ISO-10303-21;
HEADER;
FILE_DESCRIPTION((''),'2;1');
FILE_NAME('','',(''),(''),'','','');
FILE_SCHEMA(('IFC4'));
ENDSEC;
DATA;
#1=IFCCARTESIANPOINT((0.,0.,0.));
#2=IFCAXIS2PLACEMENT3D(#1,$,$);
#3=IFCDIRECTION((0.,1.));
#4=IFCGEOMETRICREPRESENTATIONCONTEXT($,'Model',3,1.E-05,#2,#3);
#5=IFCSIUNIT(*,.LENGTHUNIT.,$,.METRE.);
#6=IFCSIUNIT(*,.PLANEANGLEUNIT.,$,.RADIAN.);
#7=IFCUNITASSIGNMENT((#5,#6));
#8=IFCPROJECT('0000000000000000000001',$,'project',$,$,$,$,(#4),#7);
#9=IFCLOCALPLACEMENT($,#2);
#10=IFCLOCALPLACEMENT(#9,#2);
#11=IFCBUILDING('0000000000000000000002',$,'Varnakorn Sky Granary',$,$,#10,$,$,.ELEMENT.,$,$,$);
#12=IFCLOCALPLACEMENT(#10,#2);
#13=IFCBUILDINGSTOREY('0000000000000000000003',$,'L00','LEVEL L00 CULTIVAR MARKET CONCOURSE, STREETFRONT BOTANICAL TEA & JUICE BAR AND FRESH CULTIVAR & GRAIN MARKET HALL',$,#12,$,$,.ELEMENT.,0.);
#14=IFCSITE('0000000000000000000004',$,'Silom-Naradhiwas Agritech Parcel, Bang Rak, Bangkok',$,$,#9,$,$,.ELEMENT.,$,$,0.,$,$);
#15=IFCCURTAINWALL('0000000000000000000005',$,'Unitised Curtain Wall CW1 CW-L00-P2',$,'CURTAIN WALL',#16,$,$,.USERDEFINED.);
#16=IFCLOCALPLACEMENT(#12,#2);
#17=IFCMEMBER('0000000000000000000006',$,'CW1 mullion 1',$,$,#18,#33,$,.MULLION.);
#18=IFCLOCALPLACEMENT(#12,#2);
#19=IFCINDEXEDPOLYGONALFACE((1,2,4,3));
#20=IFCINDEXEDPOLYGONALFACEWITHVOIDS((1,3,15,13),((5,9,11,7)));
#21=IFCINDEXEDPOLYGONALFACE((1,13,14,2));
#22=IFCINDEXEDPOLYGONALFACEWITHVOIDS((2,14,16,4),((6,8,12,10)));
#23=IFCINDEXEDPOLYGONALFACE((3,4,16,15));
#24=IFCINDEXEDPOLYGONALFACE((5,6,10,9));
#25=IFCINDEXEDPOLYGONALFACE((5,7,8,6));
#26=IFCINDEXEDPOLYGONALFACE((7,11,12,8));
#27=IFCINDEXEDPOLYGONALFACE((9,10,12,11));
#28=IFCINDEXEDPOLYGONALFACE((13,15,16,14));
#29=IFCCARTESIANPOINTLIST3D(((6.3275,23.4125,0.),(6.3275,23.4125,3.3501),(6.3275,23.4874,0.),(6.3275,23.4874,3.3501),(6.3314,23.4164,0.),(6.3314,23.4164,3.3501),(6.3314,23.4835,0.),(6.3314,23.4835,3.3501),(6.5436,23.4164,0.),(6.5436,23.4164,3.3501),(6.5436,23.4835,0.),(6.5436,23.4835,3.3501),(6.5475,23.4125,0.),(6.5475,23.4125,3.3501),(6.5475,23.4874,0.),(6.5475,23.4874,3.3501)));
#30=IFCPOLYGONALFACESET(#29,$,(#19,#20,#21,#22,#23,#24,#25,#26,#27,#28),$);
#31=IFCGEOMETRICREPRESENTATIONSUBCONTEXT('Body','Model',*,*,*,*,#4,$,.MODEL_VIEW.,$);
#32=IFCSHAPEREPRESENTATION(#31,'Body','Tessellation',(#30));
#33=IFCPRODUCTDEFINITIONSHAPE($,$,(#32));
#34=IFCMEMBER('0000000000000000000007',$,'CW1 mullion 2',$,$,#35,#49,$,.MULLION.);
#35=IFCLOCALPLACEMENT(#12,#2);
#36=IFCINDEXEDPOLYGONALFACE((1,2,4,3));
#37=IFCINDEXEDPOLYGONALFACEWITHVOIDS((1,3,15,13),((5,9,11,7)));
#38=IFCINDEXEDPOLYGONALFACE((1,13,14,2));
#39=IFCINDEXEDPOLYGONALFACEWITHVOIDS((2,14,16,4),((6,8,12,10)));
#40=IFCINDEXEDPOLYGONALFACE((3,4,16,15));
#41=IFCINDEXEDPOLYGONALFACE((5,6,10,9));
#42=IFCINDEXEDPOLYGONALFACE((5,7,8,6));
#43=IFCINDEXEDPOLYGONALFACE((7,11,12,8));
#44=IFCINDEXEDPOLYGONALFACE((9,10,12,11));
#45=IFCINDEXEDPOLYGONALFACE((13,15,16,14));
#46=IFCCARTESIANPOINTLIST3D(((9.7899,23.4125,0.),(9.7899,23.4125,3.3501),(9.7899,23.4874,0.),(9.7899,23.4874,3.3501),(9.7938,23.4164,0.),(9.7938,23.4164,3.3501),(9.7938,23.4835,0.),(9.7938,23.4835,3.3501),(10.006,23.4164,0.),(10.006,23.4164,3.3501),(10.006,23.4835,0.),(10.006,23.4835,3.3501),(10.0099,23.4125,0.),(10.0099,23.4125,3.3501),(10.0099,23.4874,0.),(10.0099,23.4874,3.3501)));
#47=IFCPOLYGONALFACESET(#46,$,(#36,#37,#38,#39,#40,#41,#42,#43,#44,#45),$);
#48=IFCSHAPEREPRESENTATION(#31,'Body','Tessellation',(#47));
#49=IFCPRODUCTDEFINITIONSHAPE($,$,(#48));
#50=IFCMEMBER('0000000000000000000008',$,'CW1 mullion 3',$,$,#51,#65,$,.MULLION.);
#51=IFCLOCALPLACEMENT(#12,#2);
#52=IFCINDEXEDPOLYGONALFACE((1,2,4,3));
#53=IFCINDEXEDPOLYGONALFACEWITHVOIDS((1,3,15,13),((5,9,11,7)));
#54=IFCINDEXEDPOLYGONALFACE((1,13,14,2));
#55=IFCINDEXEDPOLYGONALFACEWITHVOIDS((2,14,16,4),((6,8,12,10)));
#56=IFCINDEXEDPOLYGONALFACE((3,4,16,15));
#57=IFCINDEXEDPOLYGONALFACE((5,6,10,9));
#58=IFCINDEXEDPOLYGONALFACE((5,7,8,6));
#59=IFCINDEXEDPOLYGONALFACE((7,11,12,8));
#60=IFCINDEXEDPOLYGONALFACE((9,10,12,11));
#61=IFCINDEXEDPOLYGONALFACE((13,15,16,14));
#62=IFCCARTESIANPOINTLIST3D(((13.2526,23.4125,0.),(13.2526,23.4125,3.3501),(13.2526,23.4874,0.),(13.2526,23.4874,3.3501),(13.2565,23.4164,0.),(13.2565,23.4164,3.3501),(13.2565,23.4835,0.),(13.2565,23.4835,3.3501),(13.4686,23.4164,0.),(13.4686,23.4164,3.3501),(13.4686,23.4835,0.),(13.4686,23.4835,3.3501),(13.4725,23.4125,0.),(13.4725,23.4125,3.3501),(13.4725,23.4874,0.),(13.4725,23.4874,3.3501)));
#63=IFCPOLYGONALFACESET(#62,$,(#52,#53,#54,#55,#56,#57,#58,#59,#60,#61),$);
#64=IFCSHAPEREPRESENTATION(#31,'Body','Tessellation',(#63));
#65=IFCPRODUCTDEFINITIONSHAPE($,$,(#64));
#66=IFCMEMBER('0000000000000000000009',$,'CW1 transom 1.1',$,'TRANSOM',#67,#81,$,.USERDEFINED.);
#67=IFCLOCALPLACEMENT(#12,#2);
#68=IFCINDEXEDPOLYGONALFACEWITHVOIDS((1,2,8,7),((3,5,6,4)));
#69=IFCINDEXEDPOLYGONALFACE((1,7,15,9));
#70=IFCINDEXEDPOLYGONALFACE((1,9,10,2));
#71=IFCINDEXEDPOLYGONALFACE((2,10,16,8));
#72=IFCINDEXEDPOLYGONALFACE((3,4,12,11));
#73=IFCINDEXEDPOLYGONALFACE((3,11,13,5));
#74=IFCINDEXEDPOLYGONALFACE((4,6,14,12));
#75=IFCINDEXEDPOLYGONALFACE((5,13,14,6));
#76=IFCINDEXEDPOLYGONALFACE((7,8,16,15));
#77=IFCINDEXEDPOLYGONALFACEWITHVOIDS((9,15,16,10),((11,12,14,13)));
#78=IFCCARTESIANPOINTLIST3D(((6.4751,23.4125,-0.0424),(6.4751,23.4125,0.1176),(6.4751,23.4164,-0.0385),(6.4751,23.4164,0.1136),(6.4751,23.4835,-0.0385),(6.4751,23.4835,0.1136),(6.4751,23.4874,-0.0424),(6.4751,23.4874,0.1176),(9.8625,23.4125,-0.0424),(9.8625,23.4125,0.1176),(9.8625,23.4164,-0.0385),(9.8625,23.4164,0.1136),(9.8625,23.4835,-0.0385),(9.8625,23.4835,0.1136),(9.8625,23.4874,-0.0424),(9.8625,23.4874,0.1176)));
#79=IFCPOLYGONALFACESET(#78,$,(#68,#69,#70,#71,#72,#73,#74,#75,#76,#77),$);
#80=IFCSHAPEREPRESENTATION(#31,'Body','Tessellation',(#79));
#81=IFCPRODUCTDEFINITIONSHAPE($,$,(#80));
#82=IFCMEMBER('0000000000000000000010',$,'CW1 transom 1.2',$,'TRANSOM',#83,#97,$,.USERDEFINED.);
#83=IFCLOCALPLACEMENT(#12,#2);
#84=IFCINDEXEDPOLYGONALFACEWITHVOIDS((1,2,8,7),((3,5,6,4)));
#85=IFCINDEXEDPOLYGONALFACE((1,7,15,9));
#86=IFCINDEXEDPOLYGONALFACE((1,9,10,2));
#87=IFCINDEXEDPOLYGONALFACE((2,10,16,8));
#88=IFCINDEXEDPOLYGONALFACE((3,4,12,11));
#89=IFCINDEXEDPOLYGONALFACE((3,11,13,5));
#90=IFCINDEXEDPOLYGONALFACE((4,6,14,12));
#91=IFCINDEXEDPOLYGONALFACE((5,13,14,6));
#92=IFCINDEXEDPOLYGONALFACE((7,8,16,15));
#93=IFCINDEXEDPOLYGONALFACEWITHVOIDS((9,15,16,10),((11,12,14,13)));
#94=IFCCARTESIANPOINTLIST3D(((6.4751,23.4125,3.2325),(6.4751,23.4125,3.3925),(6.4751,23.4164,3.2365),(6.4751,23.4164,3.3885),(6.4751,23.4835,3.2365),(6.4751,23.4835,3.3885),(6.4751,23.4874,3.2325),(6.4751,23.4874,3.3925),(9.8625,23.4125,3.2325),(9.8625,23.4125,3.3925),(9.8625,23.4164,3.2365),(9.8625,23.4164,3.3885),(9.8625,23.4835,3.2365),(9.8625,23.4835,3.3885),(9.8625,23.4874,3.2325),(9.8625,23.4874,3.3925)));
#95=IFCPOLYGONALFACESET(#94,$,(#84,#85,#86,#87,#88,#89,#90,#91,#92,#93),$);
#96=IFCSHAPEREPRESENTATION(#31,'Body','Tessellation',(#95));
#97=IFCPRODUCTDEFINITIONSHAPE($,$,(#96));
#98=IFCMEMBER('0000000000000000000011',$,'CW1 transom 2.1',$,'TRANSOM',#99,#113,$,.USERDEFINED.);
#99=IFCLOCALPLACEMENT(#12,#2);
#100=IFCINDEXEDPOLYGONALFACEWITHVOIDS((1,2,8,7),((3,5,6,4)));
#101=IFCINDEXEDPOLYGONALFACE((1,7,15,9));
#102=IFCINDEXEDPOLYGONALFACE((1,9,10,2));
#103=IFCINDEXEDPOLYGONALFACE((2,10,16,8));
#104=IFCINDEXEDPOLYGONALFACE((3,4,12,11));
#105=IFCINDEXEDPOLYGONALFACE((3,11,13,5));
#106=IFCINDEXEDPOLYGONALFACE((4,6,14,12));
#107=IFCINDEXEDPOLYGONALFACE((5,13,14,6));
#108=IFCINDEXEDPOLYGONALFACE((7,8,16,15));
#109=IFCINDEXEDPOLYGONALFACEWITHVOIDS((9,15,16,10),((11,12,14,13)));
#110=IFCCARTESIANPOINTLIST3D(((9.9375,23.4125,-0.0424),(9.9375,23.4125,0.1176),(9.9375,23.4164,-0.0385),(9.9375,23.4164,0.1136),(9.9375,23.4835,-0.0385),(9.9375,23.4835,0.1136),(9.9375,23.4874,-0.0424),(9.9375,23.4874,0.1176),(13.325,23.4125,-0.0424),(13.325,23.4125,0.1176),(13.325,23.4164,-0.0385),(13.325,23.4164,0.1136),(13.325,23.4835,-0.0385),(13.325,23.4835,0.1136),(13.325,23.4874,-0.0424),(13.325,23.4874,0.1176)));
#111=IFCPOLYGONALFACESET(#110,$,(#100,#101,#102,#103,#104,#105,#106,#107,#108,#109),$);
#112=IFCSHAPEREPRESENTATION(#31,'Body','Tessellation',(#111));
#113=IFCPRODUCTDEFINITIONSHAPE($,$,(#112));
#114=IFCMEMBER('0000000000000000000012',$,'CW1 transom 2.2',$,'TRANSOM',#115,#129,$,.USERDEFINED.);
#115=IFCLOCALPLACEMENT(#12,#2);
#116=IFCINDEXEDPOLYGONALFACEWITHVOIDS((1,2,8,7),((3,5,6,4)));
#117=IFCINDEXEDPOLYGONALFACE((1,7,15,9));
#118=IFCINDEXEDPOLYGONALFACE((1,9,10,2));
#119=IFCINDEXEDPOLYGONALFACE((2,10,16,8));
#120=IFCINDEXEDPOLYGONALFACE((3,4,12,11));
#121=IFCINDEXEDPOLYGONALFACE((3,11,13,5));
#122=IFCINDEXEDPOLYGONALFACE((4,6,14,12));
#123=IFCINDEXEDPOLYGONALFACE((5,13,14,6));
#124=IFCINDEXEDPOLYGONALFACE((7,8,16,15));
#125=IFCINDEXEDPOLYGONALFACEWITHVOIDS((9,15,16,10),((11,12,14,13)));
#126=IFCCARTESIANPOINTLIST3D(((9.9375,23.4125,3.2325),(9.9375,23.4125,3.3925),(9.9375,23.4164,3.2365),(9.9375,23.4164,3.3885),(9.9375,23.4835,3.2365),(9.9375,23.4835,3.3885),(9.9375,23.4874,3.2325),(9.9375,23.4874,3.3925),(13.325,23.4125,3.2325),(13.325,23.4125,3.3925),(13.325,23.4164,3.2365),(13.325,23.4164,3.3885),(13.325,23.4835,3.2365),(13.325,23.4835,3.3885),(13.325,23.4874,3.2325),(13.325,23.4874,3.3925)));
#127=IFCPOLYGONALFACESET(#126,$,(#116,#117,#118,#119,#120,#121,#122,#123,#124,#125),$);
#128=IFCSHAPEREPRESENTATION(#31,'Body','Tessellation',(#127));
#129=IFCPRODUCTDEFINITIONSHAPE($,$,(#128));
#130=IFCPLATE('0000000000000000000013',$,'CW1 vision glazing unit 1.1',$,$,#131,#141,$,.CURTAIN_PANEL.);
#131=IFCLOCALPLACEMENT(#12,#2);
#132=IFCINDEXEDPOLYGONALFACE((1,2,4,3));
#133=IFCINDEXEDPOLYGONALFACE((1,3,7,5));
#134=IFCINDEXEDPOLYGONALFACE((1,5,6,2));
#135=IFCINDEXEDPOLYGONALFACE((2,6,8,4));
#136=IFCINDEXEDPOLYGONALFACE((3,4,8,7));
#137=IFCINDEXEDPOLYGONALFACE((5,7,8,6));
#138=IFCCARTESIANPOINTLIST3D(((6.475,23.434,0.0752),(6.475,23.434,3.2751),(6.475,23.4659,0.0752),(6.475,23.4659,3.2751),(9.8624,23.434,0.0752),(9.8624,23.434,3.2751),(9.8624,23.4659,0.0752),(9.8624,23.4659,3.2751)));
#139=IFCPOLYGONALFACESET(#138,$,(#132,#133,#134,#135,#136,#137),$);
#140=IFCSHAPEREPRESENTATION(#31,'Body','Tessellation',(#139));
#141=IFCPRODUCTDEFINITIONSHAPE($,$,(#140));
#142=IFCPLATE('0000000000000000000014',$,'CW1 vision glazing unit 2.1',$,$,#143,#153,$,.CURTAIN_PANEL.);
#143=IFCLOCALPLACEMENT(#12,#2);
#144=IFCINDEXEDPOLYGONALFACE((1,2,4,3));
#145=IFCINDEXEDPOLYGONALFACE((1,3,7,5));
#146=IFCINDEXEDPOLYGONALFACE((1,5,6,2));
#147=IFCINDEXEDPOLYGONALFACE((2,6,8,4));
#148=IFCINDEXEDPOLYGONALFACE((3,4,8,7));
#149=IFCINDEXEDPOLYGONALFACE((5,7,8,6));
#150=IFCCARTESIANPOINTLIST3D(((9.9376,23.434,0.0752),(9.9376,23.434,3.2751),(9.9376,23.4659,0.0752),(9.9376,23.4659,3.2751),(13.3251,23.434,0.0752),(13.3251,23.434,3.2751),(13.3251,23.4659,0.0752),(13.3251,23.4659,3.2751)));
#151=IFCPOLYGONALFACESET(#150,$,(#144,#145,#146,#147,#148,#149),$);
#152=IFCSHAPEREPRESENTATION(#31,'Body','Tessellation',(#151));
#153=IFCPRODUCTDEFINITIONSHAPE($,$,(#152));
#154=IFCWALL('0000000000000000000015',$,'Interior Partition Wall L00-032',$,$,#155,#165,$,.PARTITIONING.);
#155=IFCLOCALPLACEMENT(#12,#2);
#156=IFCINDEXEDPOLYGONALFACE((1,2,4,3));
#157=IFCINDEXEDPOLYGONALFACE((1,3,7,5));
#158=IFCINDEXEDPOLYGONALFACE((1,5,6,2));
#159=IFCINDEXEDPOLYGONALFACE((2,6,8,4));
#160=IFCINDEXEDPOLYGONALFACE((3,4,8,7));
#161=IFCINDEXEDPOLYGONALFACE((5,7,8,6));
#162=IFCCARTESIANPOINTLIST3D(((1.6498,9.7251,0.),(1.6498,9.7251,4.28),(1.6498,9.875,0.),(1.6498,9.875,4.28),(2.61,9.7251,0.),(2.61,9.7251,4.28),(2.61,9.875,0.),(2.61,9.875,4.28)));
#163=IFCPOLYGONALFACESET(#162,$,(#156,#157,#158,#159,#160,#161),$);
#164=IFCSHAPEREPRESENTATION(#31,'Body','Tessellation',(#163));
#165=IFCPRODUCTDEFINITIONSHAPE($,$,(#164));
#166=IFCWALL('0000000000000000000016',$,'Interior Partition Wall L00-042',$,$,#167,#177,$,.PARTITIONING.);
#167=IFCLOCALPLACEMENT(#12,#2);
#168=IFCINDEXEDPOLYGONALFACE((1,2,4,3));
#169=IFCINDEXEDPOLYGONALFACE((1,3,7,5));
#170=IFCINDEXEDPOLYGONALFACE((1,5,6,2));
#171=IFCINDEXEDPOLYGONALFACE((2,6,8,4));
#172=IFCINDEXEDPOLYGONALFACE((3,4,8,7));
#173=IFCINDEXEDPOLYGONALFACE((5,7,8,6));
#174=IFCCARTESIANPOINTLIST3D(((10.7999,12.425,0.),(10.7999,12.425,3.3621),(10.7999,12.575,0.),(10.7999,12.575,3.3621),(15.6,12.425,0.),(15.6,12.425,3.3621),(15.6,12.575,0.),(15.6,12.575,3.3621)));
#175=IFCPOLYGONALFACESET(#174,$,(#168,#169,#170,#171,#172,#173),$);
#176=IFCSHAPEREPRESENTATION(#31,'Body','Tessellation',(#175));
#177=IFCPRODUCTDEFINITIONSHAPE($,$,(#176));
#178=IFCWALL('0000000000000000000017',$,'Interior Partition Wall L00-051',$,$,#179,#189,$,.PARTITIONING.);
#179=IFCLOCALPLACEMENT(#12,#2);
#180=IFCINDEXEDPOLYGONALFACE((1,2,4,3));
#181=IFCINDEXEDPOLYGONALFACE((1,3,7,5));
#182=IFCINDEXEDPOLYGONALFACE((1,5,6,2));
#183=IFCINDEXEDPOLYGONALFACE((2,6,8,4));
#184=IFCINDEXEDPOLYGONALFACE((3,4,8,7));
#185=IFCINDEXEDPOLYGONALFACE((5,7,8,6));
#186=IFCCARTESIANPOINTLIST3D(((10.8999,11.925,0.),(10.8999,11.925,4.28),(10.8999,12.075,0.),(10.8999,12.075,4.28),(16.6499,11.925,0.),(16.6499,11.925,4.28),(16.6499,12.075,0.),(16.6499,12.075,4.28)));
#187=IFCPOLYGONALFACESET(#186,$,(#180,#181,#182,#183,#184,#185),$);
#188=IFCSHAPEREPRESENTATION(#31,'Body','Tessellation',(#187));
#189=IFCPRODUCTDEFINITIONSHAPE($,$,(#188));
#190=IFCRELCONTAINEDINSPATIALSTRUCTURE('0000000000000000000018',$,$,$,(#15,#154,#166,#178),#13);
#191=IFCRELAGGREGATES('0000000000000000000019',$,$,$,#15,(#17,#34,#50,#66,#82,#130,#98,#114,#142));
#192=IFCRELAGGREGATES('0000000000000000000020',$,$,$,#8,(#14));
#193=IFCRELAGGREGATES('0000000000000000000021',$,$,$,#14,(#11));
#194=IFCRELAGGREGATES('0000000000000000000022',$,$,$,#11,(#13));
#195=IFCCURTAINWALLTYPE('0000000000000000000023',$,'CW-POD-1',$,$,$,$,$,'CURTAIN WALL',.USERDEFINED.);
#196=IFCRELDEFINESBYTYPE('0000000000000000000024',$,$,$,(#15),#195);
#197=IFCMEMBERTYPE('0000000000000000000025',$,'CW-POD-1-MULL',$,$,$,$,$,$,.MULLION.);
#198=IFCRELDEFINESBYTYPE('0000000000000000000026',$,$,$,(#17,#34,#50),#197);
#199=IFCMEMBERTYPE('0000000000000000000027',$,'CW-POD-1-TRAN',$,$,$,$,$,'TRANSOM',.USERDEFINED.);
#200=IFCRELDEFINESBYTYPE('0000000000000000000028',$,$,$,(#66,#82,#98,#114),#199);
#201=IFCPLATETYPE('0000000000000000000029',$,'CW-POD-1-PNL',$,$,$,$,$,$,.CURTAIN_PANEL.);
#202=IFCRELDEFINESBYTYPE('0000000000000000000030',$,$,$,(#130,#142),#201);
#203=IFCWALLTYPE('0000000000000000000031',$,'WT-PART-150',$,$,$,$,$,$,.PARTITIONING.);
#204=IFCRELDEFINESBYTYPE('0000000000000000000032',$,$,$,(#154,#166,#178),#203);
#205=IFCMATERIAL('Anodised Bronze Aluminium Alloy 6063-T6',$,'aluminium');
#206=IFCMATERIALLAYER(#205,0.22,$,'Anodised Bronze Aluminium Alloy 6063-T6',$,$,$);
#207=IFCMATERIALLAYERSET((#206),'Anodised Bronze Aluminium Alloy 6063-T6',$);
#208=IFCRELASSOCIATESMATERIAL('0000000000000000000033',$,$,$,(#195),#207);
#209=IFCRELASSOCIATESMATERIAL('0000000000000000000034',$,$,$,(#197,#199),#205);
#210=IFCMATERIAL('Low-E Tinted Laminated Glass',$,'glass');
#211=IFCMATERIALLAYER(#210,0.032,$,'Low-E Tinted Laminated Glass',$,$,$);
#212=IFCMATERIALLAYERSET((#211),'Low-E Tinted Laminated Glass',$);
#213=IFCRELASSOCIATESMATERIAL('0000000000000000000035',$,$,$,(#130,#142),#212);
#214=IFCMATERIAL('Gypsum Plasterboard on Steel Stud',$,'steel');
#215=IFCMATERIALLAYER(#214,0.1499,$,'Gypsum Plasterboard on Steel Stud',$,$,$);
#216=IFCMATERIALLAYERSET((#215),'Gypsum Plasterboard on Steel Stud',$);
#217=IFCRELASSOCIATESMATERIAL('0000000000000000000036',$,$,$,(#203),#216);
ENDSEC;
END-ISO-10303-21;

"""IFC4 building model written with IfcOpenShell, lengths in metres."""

from ifc_helpers import new_model, si_unit, direction, frame, frame_2d, origin, origin_2d, place, context, subcontext, project, spatial, rectangle, hollow_rectangle, extrude, source, transform, mapped, material, layer, layer_set, material_profile, profile_set, type_object, type_shapes, element, aggregate, save


model = new_model("IFC4")

# Units and contexts
model_context = context("Model", 3, precision=1e-05, world=origin(), true_north=direction((0.0, 1.0)))
body_context = subcontext(model_context, "Body", "Model", "MODEL_VIEW")
ifc_project = project(units=[si_unit("LENGTHUNIT", "METRE"), si_unit("PLANEANGLEUNIT", "RADIAN")], contexts=[model_context])

# Site, building, storey
site_placement = place(None, origin())
site = spatial("IfcSite", under=ifc_project, at=site_placement, Name="Silom-Naradhiwas Agritech Parcel, Bang Rak, Bangkok", CompositionType="ELEMENT", RefElevation=0.0)
building_placement = place(site_placement, origin())
building = spatial("IfcBuilding", under=site, at=building_placement, Name="Varnakorn Sky Granary", CompositionType="ELEMENT")
storey_placement = place(building_placement, origin())
storey = spatial("IfcBuildingStorey", under=building, at=storey_placement, Name="L00", Description="LEVEL L00 CULTIVAR MARKET CONCOURSE, STREETFRONT BOTANICAL TEA & JUICE BAR AND FRESH CULTIVAR & GRAIN MARKET HALL", CompositionType="ELEMENT", Elevation=0.0)

# Curtain wall, members, plates
ifc_material_1 = material(Name="Anodised Bronze Aluminium Alloy 6063-T6", Category="aluminium")
ifc_layer_1 = layer(ifc_material_1, 0.22, Name="Anodised Bronze Aluminium Alloy 6063-T6")
ifc_layer_set_1 = layer_set([ifc_layer_1], Name="Anodised Bronze Aluminium Alloy 6063-T6")
curtain_wall_type = type_object("IfcCurtainWallType", Name="CW-POD-1", ElementType="CURTAIN WALL", PredefinedType="USERDEFINED", material=ifc_layer_set_1)
curtain_wall_placement = place(storey_placement, origin())
curtain_wall = element("IfcCurtainWall", 1, at=curtain_wall_placement, inside=storey, type_object=curtain_wall_type, Name="Unitised Curtain Wall CW1 CW-L00-P2", ObjectType="CURTAIN WALL", PredefinedType="USERDEFINED")
ifc_material_profile_1 = material_profile(ifc_material_1, hollow_rectangle(XDim=0.075, YDim=0.22, WallThickness=0.0039, at=origin_2d()), Name="ALU MULL 75x220")
ifc_profile_set_1 = profile_set([ifc_material_profile_1], Name="Anodised Bronze Aluminium Alloy 6063-T6")
member_type_1 = type_object("IfcMemberType", Name="CW-POD-1-MULL", PredefinedType="MULLION", material=ifc_profile_set_1)
member_1_placement = place(storey_placement, frame((6.4375, 23.45, 0.0), z_axis=(0.0, 0.0, 1.0), x_axis=(0.0, 1.0, 0.0)))
member_1 = element("IfcMember", 2, at=member_1_placement, type_object=member_type_1, Name="CW1 mullion 1", PredefinedType="MULLION", context=body_context, shape_type="SweptSolid", body=[
    extrude(hollow_rectangle(XDim=0.075, YDim=0.22, WallThickness=0.0039, at=origin_2d()), origin(), (0.0, 0.0, 1.0), 3.3501),
])
member_2_placement = place(storey_placement, frame((9.8999, 23.45, 0.0), z_axis=(0.0, 0.0, 1.0), x_axis=(0.0, 1.0, 0.0)))
member_2 = element("IfcMember", 3, at=member_2_placement, type_object=member_type_1, Name="CW1 mullion 2", PredefinedType="MULLION", context=body_context, shape_type="SweptSolid", body=[
    extrude(hollow_rectangle(XDim=0.075, YDim=0.22, WallThickness=0.0039, at=origin_2d()), origin(), (0.0, 0.0, 1.0), 3.3501),
])
member_3_placement = place(storey_placement, frame((13.3625, 23.45, 0.0), z_axis=(0.0, 0.0, 1.0), x_axis=(0.0, 1.0, 0.0)))
member_3 = element("IfcMember", 4, at=member_3_placement, type_object=member_type_1, Name="CW1 mullion 3", PredefinedType="MULLION", context=body_context, shape_type="SweptSolid", body=[
    extrude(hollow_rectangle(XDim=0.075, YDim=0.22, WallThickness=0.0039, at=origin_2d()), origin(), (0.0, 0.0, 1.0), 3.3501),
])
ifc_material_profile_2 = material_profile(ifc_material_1, hollow_rectangle(XDim=0.075, YDim=0.1599, WallThickness=0.0039, at=origin_2d()), Name="ALU TRAN 75x160")
ifc_profile_set_2 = profile_set([ifc_material_profile_2], Name="Anodised Bronze Aluminium Alloy 6063-T6")
member_type_2 = type_object("IfcMemberType", Name="CW-POD-1-TRAN", ElementType="TRANSOM", PredefinedType="USERDEFINED", material=ifc_profile_set_2)
member_4_placement = place(storey_placement, frame((6.4751, 23.45, 0.0376), z_axis=(1.0, 0.0, 0.0), x_axis=(0.0, 1.0, 0.0)))
member_4 = element("IfcMember", 5, at=member_4_placement, type_object=member_type_2, Name="CW1 transom 1.1", ObjectType="TRANSOM", PredefinedType="USERDEFINED", context=body_context, shape_type="SweptSolid", body=[
    extrude(hollow_rectangle(XDim=0.075, YDim=0.1599, WallThickness=0.0039, at=origin_2d()), origin(), (0.0, 0.0, 1.0), 3.3875),
])
member_5_placement = place(storey_placement, frame((6.4751, 23.45, 3.3125), z_axis=(1.0, 0.0, 0.0), x_axis=(0.0, 1.0, 0.0)))
member_5 = element("IfcMember", 6, at=member_5_placement, type_object=member_type_2, Name="CW1 transom 1.2", ObjectType="TRANSOM", PredefinedType="USERDEFINED", context=body_context, shape_type="SweptSolid", body=[
    extrude(hollow_rectangle(XDim=0.075, YDim=0.1599, WallThickness=0.0039, at=origin_2d()), origin(), (0.0, 0.0, 1.0), 3.3875),
])
member_6_placement = place(storey_placement, frame((9.9375, 23.45, 0.0376), z_axis=(1.0, 0.0, 0.0), x_axis=(0.0, 1.0, 0.0)))
member_6 = element("IfcMember", 7, at=member_6_placement, type_object=member_type_2, Name="CW1 transom 2.1", ObjectType="TRANSOM", PredefinedType="USERDEFINED", context=body_context, shape_type="SweptSolid", body=[
    extrude(hollow_rectangle(XDim=0.075, YDim=0.1599, WallThickness=0.0039, at=origin_2d()), origin(), (0.0, 0.0, 1.0), 3.3875),
])
member_7_placement = place(storey_placement, frame((9.9375, 23.45, 3.3125), z_axis=(1.0, 0.0, 0.0), x_axis=(0.0, 1.0, 0.0)))
member_7 = element("IfcMember", 8, at=member_7_placement, type_object=member_type_2, Name="CW1 transom 2.2", ObjectType="TRANSOM", PredefinedType="USERDEFINED", context=body_context, shape_type="SweptSolid", body=[
    extrude(hollow_rectangle(XDim=0.075, YDim=0.1599, WallThickness=0.0039, at=origin_2d()), origin(), (0.0, 0.0, 1.0), 3.3875),
])
ifc_material_2 = material(Name="Low-E Tinted Laminated Glass", Category="glass")
ifc_layer_2 = layer(ifc_material_2, 0.032, Name="Low-E Tinted Laminated Glass")
ifc_layer_set_2 = layer_set([ifc_layer_2], Name="Low-E Tinted Laminated Glass")
plate_type = type_object("IfcPlateType", Name="CW-POD-1-PNL", PredefinedType="CURTAIN_PANEL")
shared_shape = source(origin(), body_context, "Body", "SweptSolid", [
    extrude(rectangle(XDim=3.3875, YDim=0.032, at=origin_2d()), origin(), (0.0, 0.0, 1.0), 3.2),
])
type_shapes(plate_type, [shared_shape])
plate_1_placement = place(storey_placement, frame((8.1687, 23.45, 0.0752), z_axis=(0.0, 0.0, 1.0), x_axis=(1.0, 0.0, 0.0)))
plate_1 = element("IfcPlate", 9, at=plate_1_placement, type_object=plate_type, material=ifc_layer_set_2, Name="CW1 vision glazing unit 1.1", PredefinedType="CURTAIN_PANEL", context=body_context, shape_type="MappedRepresentation", body=[
    mapped(shared_shape, transform((0.0, 0.0, 0.0), x_axis=(1.0, 0.0, 0.0), y_axis=(0.0, 1.0, 0.0), z_axis=(0.0, 0.0, 1.0), scale=1.0)),
])
plate_2_placement = place(storey_placement, frame((11.6313, 23.45, 0.0752), z_axis=(0.0, 0.0, 1.0), x_axis=(1.0, 0.0, 0.0)))
plate_2 = element("IfcPlate", 10, at=plate_2_placement, type_object=plate_type, material=ifc_layer_set_2, Name="CW1 vision glazing unit 2.1", PredefinedType="CURTAIN_PANEL", context=body_context, shape_type="MappedRepresentation", body=[
    mapped(shared_shape, transform((0.0, 0.0, 0.0), x_axis=(1.0, 0.0, 0.0), y_axis=(0.0, 1.0, 0.0), z_axis=(0.0, 0.0, 1.0), scale=1.0)),
])
aggregate(curtain_wall, [member_1, member_2, member_3, member_4, member_5, plate_1, member_6, member_7, plate_2])

# Walls
ifc_material_3 = material(Name="Gypsum Plasterboard on Steel Stud", Category="steel")
ifc_layer_3 = layer(ifc_material_3, 0.1499, Name="Gypsum Plasterboard on Steel Stud")
ifc_layer_set_3 = layer_set([ifc_layer_3], Name="Gypsum Plasterboard on Steel Stud")
wall_type = type_object("IfcWallType", Name="WT-PART-150", PredefinedType="PARTITIONING", material=ifc_layer_set_3)
wall_1_placement = place(storey_placement, frame((1.6499, 9.8, 0.0), z_axis=(0.0, 0.0, 1.0), x_axis=(1.0, 0.0, 0.0)))
element("IfcWall", 11, at=wall_1_placement, inside=storey, type_object=wall_type, Name="Interior Partition Wall L00-032", PredefinedType="PARTITIONING", context=body_context, shape_type="SweptSolid", body=[
    extrude(rectangle(XDim=0.9602, YDim=0.1499, at=frame_2d((0.48, 0.0))), origin(), (0.0, 0.0, 1.0), 4.28),
])
wall_2_placement = place(storey_placement, frame((10.8, 12.5, 0.0), z_axis=(0.0, 0.0, 1.0), x_axis=(1.0, 0.0, 0.0)))
element("IfcWall", 12, at=wall_2_placement, inside=storey, type_object=wall_type, Name="Interior Partition Wall L00-042", PredefinedType="PARTITIONING", context=body_context, shape_type="SweptSolid", body=[
    extrude(rectangle(XDim=4.8, YDim=0.1499, at=frame_2d((2.3999, 0.0))), origin(), (0.0, 0.0, 1.0), 3.3621),
])
wall_3_placement = place(storey_placement, frame((10.8999, 12.0, 0.0), z_axis=(0.0, 0.0, 1.0), x_axis=(1.0, 0.0, 0.0)))
element("IfcWall", 13, at=wall_3_placement, inside=storey, type_object=wall_type, Name="Interior Partition Wall L00-051", PredefinedType="PARTITIONING", context=body_context, shape_type="SweptSolid", body=[
    extrude(rectangle(XDim=5.75, YDim=0.1499, at=frame_2d((2.875, 0.0))), origin(), (0.0, 0.0, 1.0), 4.28),
])

save(model, "model.ifc")
